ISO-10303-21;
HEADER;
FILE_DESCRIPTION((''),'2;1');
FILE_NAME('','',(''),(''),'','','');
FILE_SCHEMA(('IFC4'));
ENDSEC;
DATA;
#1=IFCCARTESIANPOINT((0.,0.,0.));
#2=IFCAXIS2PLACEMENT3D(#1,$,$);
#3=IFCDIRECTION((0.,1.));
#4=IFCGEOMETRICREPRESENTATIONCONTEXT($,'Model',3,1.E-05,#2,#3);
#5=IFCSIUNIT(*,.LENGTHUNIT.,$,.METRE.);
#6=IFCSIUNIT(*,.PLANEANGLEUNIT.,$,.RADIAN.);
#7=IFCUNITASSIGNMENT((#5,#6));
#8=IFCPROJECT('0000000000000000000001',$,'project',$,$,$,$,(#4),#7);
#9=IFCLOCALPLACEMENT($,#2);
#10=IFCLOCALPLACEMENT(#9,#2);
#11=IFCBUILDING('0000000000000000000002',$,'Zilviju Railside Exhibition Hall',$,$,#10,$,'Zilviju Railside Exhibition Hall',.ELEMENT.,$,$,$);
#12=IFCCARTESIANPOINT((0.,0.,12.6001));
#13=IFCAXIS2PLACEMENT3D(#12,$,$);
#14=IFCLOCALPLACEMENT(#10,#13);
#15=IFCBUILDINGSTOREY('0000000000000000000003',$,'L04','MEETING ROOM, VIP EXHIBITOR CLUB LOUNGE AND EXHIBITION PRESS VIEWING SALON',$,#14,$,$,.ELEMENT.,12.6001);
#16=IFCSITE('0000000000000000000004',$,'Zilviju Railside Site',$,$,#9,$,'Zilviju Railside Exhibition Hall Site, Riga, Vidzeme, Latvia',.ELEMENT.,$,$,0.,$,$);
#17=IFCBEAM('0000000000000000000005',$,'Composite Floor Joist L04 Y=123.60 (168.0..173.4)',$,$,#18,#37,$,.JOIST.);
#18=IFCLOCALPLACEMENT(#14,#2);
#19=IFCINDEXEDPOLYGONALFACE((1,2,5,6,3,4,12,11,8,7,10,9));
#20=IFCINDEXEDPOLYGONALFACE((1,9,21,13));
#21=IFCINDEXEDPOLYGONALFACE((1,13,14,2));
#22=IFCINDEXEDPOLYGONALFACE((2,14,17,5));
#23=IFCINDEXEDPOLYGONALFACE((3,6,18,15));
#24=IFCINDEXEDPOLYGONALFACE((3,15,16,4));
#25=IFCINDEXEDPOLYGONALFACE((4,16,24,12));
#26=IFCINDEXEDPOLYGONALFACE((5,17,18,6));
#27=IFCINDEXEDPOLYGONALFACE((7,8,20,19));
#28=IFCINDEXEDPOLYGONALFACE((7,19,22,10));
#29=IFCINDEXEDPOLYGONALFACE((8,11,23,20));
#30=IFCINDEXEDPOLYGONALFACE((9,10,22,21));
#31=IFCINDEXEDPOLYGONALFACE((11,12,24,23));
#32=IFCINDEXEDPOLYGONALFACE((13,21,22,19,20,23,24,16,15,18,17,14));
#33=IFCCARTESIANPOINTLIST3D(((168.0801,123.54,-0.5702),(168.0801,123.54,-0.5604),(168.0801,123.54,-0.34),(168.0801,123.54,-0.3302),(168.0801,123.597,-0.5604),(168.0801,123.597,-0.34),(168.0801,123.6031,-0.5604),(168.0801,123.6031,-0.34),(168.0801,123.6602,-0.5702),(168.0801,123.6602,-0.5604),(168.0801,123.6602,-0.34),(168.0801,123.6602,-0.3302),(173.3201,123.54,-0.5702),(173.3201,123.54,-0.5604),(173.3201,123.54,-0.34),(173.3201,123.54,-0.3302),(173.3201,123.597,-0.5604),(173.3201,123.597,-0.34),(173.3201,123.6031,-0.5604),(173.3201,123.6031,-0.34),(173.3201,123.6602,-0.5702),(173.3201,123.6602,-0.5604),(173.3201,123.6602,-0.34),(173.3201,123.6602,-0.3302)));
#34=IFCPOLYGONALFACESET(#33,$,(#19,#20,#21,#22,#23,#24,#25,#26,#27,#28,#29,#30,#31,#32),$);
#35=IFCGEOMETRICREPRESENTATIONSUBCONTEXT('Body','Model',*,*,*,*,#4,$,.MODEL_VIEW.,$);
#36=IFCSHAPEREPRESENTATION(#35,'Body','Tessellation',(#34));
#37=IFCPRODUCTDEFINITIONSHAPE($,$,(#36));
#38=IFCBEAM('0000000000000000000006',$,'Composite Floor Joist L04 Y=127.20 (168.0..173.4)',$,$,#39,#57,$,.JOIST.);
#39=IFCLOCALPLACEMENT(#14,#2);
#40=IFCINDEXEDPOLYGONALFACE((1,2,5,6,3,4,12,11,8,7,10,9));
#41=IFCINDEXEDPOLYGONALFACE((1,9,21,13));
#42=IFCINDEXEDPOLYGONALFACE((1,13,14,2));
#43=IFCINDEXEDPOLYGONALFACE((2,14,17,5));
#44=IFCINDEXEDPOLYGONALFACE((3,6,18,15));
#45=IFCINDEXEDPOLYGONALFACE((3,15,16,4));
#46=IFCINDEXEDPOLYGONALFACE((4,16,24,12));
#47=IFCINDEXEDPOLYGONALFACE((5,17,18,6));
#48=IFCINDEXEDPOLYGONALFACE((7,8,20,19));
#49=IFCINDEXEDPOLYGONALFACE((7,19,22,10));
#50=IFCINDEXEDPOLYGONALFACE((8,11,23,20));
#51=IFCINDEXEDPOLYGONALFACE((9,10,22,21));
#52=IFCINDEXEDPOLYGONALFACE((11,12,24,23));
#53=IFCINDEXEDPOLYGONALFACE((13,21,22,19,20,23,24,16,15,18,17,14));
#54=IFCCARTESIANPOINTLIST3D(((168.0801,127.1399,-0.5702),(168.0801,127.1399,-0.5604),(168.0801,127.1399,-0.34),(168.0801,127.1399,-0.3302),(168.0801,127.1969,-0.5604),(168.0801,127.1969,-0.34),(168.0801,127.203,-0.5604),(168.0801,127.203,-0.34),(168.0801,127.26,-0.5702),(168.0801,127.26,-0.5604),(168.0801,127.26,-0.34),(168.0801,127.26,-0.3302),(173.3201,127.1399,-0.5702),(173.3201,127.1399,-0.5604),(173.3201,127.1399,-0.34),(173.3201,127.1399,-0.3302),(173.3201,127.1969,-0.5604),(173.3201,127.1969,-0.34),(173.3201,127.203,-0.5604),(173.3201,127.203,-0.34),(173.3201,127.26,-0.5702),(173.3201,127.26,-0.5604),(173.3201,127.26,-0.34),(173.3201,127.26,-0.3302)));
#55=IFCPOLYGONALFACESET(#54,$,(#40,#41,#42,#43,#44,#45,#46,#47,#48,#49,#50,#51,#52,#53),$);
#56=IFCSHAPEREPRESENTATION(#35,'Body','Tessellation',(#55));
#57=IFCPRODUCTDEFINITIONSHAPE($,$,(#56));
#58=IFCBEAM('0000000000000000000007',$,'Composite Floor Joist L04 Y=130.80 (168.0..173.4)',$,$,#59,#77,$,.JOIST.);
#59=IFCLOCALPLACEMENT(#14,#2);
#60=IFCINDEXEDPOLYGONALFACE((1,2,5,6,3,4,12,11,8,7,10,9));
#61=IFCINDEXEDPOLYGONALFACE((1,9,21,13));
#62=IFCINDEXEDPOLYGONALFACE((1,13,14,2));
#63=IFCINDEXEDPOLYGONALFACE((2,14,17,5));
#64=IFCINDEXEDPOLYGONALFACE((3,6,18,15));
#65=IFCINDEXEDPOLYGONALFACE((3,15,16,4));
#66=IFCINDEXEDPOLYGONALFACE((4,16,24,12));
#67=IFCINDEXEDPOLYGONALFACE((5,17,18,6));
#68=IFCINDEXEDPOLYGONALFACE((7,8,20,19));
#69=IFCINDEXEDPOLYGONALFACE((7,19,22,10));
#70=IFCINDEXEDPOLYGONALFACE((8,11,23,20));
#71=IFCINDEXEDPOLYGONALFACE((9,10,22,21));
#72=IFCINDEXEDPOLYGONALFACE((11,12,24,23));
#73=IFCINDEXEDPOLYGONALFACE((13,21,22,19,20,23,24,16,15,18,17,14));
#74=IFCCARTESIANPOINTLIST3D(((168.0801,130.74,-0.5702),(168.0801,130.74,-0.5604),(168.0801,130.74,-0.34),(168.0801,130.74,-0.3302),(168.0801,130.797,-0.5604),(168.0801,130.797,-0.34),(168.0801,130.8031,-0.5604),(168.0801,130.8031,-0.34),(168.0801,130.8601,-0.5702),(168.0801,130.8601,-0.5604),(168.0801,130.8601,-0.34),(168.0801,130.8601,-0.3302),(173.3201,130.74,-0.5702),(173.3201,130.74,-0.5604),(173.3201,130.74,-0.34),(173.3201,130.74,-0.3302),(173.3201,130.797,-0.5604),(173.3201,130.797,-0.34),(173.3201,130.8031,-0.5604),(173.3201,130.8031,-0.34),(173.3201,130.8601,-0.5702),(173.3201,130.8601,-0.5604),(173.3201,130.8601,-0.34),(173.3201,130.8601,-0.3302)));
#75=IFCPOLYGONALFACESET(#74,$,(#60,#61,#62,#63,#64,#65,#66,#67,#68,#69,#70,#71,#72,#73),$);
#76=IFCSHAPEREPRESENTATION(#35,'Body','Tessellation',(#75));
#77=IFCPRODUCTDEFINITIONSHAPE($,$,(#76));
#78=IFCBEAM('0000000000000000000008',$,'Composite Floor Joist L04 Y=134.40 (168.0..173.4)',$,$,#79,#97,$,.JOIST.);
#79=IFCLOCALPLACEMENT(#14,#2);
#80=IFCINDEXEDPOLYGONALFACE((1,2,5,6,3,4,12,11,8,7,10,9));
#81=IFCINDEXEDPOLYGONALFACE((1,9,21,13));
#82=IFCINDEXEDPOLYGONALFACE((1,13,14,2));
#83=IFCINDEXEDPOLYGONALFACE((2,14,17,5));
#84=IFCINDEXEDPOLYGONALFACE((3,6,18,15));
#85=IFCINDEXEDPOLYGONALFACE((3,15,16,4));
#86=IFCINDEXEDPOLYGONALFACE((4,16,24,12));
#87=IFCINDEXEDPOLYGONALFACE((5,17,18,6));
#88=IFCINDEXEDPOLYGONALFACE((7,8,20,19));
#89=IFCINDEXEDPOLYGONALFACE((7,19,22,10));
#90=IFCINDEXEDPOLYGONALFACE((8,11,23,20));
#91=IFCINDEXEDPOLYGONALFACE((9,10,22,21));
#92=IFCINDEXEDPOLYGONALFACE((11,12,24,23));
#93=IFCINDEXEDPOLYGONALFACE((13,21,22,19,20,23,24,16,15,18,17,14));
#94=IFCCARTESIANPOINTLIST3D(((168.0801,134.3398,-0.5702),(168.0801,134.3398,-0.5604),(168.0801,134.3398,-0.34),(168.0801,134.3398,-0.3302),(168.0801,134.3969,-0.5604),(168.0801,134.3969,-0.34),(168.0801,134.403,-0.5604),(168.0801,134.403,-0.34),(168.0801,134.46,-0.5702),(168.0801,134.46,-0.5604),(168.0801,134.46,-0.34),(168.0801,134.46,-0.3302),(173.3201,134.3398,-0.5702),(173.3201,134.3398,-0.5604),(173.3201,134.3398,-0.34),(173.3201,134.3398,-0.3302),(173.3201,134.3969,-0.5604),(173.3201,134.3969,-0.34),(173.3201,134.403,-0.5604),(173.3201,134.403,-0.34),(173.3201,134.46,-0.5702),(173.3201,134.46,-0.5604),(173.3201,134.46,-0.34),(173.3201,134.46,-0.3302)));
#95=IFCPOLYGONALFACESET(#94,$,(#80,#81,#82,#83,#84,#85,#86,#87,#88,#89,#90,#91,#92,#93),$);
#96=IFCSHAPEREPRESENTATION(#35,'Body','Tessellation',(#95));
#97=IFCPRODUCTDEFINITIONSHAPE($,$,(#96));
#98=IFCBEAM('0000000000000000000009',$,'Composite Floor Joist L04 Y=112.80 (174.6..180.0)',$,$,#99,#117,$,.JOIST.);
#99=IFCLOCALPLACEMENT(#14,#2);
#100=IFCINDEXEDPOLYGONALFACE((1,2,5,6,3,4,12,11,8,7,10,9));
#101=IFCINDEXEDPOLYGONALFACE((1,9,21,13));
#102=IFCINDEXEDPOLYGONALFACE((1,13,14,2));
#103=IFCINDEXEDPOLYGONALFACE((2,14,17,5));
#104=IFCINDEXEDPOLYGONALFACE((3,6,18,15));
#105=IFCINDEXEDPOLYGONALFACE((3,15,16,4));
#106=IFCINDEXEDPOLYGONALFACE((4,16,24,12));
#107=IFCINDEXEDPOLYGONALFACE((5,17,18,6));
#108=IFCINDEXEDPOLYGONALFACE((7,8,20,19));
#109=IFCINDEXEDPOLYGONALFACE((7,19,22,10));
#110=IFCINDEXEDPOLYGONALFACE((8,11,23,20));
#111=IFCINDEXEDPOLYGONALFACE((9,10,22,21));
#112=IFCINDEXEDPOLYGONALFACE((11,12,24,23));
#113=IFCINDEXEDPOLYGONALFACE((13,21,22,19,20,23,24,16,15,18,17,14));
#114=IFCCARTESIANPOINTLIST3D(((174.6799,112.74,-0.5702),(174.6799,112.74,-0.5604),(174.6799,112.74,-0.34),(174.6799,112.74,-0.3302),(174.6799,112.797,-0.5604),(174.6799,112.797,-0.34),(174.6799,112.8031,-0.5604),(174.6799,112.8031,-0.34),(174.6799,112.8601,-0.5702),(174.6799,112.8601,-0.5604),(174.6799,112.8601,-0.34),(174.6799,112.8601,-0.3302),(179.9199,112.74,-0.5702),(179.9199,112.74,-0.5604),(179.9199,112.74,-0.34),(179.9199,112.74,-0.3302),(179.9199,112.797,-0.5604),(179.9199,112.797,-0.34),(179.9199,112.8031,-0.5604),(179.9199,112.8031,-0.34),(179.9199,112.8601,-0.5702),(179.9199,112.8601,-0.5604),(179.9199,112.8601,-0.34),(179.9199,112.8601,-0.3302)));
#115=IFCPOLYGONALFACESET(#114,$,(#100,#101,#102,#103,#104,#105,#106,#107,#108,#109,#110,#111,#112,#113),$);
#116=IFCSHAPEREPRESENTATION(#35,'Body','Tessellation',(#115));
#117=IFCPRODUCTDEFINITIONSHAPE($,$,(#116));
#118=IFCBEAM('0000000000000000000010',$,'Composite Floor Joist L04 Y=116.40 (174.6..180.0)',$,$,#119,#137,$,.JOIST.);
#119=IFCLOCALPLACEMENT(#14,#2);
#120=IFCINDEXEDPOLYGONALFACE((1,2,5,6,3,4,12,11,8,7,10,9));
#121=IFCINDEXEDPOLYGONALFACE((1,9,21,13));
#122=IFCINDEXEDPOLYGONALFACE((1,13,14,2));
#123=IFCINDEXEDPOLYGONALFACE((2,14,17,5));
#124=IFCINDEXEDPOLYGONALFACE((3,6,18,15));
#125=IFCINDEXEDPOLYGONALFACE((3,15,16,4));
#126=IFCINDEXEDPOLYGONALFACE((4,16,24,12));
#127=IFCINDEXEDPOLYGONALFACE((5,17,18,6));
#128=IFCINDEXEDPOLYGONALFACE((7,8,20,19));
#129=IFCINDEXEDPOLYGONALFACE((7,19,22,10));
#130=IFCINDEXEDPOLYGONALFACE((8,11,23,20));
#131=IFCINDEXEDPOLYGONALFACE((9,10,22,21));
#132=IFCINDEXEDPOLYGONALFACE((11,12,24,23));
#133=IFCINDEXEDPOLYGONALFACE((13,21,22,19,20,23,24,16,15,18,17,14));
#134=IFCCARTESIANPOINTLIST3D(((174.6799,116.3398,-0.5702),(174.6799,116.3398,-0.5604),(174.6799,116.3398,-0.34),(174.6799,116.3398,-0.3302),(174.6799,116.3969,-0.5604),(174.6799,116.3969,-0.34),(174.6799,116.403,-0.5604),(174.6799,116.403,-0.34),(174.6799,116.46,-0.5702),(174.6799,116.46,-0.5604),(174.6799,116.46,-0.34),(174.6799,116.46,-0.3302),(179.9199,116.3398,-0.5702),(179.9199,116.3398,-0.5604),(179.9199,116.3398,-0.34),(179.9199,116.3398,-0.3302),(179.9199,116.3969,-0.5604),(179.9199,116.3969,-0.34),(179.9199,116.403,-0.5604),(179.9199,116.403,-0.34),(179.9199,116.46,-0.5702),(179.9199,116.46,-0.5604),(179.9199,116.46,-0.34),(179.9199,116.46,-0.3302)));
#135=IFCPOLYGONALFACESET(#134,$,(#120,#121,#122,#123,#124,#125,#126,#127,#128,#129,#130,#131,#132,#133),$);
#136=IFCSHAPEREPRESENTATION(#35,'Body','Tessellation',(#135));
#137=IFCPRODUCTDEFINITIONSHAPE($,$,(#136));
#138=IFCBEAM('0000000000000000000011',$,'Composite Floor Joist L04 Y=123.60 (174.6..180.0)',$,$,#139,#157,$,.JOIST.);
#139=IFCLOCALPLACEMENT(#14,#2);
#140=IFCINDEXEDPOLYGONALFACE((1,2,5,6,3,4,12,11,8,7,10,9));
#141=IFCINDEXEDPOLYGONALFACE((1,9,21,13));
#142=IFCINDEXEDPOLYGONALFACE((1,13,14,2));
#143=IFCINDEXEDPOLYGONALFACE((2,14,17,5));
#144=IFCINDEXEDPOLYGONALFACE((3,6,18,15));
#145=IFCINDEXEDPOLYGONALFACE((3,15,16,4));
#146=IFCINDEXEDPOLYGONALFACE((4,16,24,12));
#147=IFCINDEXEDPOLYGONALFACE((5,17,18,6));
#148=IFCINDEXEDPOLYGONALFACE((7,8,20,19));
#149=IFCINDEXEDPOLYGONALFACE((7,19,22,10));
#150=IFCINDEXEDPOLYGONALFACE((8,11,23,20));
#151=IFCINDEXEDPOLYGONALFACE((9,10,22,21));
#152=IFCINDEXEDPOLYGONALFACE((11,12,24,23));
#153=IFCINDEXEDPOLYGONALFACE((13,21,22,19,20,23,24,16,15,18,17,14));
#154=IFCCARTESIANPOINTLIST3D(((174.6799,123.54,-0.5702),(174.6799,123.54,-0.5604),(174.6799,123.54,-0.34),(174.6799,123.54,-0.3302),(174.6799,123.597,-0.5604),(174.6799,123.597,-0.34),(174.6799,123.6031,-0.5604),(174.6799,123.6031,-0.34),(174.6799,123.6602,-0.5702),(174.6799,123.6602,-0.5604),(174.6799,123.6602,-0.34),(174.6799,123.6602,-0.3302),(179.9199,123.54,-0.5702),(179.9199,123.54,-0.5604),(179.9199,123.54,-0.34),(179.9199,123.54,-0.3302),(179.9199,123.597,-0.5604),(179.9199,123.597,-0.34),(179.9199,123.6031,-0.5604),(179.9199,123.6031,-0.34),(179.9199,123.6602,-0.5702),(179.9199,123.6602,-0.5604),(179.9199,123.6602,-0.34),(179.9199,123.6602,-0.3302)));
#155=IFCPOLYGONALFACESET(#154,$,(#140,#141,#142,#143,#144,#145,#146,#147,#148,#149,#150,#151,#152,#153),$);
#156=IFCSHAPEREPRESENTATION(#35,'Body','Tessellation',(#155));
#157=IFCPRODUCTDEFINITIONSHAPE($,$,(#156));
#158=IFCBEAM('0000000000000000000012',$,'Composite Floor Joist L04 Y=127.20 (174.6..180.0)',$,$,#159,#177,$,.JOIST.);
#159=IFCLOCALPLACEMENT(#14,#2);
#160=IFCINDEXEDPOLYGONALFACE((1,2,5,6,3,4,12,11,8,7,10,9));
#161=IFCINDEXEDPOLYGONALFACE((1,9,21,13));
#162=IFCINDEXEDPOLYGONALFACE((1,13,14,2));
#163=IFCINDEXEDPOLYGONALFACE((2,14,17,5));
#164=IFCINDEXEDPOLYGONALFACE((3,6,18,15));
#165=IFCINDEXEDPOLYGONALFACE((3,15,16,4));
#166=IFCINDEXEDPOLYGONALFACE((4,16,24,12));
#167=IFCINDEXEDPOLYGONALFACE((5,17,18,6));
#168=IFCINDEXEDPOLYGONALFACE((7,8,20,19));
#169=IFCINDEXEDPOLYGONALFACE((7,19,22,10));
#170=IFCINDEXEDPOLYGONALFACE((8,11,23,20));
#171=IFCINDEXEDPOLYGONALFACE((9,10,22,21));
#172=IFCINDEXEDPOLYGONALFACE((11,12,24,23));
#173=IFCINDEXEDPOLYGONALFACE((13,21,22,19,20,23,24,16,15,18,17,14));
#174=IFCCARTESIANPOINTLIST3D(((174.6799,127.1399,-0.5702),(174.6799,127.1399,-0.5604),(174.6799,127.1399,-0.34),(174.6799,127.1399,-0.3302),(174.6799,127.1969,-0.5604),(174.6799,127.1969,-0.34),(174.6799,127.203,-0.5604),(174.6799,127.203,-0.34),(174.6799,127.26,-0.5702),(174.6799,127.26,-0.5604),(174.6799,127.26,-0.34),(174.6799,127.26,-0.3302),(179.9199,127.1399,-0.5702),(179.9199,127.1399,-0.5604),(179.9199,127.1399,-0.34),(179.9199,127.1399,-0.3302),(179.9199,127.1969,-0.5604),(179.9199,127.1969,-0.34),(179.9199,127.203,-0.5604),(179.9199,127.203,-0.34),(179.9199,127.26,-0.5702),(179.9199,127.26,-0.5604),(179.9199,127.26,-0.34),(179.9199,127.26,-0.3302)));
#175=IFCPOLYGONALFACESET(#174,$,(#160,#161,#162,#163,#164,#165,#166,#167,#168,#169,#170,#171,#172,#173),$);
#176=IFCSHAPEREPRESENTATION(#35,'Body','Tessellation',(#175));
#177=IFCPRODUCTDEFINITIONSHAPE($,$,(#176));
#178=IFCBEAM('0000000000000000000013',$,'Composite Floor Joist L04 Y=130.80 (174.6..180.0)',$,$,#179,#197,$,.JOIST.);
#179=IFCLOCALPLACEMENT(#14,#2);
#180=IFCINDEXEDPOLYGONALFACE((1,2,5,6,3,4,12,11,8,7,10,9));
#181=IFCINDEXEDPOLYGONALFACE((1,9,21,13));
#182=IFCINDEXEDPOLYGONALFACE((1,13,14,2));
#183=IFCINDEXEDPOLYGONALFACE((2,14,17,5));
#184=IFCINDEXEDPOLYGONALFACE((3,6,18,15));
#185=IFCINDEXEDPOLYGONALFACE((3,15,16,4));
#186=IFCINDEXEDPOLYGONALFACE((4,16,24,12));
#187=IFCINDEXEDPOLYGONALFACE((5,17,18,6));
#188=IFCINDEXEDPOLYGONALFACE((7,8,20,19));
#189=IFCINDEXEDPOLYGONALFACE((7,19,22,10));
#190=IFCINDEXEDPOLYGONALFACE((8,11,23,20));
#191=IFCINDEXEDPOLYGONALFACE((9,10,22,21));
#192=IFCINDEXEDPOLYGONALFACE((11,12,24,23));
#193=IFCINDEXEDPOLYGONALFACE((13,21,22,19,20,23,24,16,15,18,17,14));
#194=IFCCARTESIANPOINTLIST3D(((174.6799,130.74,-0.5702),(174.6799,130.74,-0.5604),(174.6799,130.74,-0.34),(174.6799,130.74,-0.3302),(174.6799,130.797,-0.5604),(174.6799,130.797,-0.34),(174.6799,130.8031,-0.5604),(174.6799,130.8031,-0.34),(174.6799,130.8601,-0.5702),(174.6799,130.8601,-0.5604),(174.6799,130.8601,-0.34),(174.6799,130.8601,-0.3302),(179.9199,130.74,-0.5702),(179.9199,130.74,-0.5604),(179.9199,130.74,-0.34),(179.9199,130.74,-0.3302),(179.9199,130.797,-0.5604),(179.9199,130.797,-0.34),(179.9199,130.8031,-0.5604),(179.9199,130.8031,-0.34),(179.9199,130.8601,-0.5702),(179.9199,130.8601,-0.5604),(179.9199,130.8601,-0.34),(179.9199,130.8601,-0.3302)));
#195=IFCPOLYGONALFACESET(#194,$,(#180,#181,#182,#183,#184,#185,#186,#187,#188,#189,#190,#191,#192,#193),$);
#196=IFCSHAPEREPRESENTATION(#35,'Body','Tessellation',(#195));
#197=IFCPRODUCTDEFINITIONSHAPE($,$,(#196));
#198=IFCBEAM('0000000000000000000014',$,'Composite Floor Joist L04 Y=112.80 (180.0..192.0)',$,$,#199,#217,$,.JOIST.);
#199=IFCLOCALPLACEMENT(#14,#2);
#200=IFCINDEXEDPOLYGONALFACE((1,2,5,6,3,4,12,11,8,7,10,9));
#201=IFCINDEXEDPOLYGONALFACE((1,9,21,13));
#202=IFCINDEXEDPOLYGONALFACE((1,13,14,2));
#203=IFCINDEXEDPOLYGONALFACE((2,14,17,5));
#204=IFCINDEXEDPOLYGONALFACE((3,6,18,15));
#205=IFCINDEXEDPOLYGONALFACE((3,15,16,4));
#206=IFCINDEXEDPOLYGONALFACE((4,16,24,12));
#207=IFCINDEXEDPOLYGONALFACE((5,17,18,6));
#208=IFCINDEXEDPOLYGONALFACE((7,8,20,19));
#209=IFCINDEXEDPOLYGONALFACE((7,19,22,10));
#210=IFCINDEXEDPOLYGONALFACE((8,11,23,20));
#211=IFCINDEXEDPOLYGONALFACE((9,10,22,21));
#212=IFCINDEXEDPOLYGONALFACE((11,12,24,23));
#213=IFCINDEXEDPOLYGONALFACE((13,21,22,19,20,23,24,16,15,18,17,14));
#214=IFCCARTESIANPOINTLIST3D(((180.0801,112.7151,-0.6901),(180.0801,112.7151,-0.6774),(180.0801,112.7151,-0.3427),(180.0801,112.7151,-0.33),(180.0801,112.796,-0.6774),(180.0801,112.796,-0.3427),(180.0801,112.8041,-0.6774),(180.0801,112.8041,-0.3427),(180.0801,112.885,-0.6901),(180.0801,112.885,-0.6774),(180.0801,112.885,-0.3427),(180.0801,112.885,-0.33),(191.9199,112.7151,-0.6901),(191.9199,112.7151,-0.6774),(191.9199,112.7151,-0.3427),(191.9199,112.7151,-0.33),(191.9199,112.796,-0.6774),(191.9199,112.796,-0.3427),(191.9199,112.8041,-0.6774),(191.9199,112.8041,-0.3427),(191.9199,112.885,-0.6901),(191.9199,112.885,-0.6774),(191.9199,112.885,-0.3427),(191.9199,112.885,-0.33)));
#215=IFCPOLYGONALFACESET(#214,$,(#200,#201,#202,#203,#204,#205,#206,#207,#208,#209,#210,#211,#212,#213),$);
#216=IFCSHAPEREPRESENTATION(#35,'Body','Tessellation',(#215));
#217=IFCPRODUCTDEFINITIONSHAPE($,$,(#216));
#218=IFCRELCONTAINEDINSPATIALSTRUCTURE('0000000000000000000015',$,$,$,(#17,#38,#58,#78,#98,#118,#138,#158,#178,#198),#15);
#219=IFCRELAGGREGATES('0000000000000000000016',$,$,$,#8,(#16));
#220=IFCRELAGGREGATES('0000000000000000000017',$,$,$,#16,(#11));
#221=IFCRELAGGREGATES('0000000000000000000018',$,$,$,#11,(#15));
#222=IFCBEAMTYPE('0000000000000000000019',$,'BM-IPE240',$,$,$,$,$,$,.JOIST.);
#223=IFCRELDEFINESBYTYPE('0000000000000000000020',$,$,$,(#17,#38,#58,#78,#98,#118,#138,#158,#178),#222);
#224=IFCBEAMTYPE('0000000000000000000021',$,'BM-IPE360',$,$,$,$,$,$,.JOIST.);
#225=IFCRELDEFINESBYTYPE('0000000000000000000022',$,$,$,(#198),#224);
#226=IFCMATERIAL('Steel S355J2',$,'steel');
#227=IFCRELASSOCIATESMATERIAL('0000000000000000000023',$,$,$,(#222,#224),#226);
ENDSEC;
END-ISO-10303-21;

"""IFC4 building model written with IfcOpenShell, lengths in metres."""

from ifc_helpers import new_model, si_unit, direction, frame, origin, origin_2d, place, context, subcontext, project, spatial, i_section, extrude, material, material_profile, profile_set, type_object, element, save


model = new_model("IFC4")

# Units and contexts
model_context = context("Model", 3, precision=1e-05, world=origin(), true_north=direction((0.0, 1.0)))
body_context = subcontext(model_context, "Body", "Model", "MODEL_VIEW")
ifc_project = project(units=[si_unit("LENGTHUNIT", "METRE"), si_unit("PLANEANGLEUNIT", "RADIAN")], contexts=[model_context])

# Site, building, storey
site_placement = place(None, origin())
site = spatial("IfcSite", under=ifc_project, at=site_placement, Name="Zilviju Railside Site", LongName="Zilviju Railside Exhibition Hall Site, Riga, Vidzeme, Latvia", CompositionType="ELEMENT", RefElevation=0.0)
building_placement = place(site_placement, origin())
building = spatial("IfcBuilding", under=site, at=building_placement, Name="Zilviju Railside Exhibition Hall", LongName="Zilviju Railside Exhibition Hall", CompositionType="ELEMENT")
storey_placement = place(building_placement, frame((0.0, 0.0, 12.6001)))
storey = spatial("IfcBuildingStorey", under=building, at=storey_placement, Name="L04", Description="MEETING ROOM, VIP EXHIBITOR CLUB LOUNGE AND EXHIBITION PRESS VIEWING SALON", CompositionType="ELEMENT", Elevation=12.6001)

# Beams
ifc_material = material(Name="Steel S355J2", Category="steel")
ifc_material_profile_1 = material_profile(ifc_material, i_section(OverallWidth=0.1201, OverallDepth=0.24, WebThickness=0.0061, FlangeThickness=0.0098, at=origin_2d()), Name="IPE 240")
ifc_profile_set_1 = profile_set([ifc_material_profile_1], Name="Steel S355J2")
beam_type_1 = type_object("IfcBeamType", Name="BM-IPE240", PredefinedType="JOIST", material=ifc_profile_set_1)
for number, where, z_axis, x_axis, name in (
    (1, (168.0801, 123.6001, -0.4502), (1.0, 0.0, 0.0), (0.0, 1.0, 0.0), "Composite Floor Joist L04 Y=123.60 (168.0..173.4)"),
    (2, (168.0801, 127.2, -0.4502), (1.0, 0.0, 0.0), (0.0, 1.0, 0.0), "Composite Floor Joist L04 Y=127.20 (168.0..173.4)"),
    (3, (168.0801, 130.8, -0.4502), (1.0, 0.0, 0.0), (0.0, 1.0, 0.0), "Composite Floor Joist L04 Y=130.80 (168.0..173.4)"),
    (4, (168.0801, 134.3999, -0.4502), (1.0, 0.0, 0.0), (0.0, 1.0, 0.0), "Composite Floor Joist L04 Y=134.40 (168.0..173.4)"),
    (5, (174.6799, 112.8, -0.4502), (1.0, 0.0, 0.0), (0.0, 1.0, 0.0), "Composite Floor Joist L04 Y=112.80 (174.6..180.0)"),
    (6, (174.6799, 116.3999, -0.4502), (1.0, 0.0, 0.0), (0.0, 1.0, 0.0), "Composite Floor Joist L04 Y=116.40 (174.6..180.0)"),
    (7, (174.6799, 123.6001, -0.4502), (1.0, 0.0, 0.0), (0.0, 1.0, 0.0), "Composite Floor Joist L04 Y=123.60 (174.6..180.0)"),
    (8, (174.6799, 127.2, -0.4502), (1.0, 0.0, 0.0), (0.0, 1.0, 0.0), "Composite Floor Joist L04 Y=127.20 (174.6..180.0)"),
    (9, (174.6799, 130.8, -0.4502), (1.0, 0.0, 0.0), (0.0, 1.0, 0.0), "Composite Floor Joist L04 Y=130.80 (174.6..180.0)"),
):
    element("IfcBeam", number, at=place(storey_placement, frame(where, z_axis=z_axis, x_axis=x_axis)), inside=storey, type_object=beam_type_1, Name=name, PredefinedType="JOIST", context=body_context, shape_type="SweptSolid", body=[
        extrude(i_section(OverallWidth=0.1201, OverallDepth=0.24, WebThickness=0.0061, FlangeThickness=0.0098, at=origin_2d()), origin(), (0.0, 0.0, 1.0), 5.24),
    ])
ifc_material_profile_2 = material_profile(ifc_material, i_section(OverallWidth=0.1699, OverallDepth=0.3601, WebThickness=0.0081, FlangeThickness=0.0127, at=origin_2d()), Name="IPE 360")
ifc_profile_set_2 = profile_set([ifc_material_profile_2], Name="Steel S355J2")
beam_type_2 = type_object("IfcBeamType", Name="BM-IPE360", PredefinedType="JOIST", material=ifc_profile_set_2)
for number, where, z_axis, x_axis, name in (
    (10, (180.0801, 112.8, -0.51), (1.0, 0.0, 0.0), (0.0, 1.0, 0.0), "Composite Floor Joist L04 Y=112.80 (180.0..192.0)"),
):
    element("IfcBeam", number, at=place(storey_placement, frame(where, z_axis=z_axis, x_axis=x_axis)), inside=storey, type_object=beam_type_2, Name=name, PredefinedType="JOIST", context=body_context, shape_type="SweptSolid", body=[
        extrude(i_section(OverallWidth=0.1699, OverallDepth=0.3601, WebThickness=0.0081, FlangeThickness=0.0127, at=origin_2d()), origin(), (0.0, 0.0, 1.0), 11.8398),
    ])

save(model, "model.ifc")
